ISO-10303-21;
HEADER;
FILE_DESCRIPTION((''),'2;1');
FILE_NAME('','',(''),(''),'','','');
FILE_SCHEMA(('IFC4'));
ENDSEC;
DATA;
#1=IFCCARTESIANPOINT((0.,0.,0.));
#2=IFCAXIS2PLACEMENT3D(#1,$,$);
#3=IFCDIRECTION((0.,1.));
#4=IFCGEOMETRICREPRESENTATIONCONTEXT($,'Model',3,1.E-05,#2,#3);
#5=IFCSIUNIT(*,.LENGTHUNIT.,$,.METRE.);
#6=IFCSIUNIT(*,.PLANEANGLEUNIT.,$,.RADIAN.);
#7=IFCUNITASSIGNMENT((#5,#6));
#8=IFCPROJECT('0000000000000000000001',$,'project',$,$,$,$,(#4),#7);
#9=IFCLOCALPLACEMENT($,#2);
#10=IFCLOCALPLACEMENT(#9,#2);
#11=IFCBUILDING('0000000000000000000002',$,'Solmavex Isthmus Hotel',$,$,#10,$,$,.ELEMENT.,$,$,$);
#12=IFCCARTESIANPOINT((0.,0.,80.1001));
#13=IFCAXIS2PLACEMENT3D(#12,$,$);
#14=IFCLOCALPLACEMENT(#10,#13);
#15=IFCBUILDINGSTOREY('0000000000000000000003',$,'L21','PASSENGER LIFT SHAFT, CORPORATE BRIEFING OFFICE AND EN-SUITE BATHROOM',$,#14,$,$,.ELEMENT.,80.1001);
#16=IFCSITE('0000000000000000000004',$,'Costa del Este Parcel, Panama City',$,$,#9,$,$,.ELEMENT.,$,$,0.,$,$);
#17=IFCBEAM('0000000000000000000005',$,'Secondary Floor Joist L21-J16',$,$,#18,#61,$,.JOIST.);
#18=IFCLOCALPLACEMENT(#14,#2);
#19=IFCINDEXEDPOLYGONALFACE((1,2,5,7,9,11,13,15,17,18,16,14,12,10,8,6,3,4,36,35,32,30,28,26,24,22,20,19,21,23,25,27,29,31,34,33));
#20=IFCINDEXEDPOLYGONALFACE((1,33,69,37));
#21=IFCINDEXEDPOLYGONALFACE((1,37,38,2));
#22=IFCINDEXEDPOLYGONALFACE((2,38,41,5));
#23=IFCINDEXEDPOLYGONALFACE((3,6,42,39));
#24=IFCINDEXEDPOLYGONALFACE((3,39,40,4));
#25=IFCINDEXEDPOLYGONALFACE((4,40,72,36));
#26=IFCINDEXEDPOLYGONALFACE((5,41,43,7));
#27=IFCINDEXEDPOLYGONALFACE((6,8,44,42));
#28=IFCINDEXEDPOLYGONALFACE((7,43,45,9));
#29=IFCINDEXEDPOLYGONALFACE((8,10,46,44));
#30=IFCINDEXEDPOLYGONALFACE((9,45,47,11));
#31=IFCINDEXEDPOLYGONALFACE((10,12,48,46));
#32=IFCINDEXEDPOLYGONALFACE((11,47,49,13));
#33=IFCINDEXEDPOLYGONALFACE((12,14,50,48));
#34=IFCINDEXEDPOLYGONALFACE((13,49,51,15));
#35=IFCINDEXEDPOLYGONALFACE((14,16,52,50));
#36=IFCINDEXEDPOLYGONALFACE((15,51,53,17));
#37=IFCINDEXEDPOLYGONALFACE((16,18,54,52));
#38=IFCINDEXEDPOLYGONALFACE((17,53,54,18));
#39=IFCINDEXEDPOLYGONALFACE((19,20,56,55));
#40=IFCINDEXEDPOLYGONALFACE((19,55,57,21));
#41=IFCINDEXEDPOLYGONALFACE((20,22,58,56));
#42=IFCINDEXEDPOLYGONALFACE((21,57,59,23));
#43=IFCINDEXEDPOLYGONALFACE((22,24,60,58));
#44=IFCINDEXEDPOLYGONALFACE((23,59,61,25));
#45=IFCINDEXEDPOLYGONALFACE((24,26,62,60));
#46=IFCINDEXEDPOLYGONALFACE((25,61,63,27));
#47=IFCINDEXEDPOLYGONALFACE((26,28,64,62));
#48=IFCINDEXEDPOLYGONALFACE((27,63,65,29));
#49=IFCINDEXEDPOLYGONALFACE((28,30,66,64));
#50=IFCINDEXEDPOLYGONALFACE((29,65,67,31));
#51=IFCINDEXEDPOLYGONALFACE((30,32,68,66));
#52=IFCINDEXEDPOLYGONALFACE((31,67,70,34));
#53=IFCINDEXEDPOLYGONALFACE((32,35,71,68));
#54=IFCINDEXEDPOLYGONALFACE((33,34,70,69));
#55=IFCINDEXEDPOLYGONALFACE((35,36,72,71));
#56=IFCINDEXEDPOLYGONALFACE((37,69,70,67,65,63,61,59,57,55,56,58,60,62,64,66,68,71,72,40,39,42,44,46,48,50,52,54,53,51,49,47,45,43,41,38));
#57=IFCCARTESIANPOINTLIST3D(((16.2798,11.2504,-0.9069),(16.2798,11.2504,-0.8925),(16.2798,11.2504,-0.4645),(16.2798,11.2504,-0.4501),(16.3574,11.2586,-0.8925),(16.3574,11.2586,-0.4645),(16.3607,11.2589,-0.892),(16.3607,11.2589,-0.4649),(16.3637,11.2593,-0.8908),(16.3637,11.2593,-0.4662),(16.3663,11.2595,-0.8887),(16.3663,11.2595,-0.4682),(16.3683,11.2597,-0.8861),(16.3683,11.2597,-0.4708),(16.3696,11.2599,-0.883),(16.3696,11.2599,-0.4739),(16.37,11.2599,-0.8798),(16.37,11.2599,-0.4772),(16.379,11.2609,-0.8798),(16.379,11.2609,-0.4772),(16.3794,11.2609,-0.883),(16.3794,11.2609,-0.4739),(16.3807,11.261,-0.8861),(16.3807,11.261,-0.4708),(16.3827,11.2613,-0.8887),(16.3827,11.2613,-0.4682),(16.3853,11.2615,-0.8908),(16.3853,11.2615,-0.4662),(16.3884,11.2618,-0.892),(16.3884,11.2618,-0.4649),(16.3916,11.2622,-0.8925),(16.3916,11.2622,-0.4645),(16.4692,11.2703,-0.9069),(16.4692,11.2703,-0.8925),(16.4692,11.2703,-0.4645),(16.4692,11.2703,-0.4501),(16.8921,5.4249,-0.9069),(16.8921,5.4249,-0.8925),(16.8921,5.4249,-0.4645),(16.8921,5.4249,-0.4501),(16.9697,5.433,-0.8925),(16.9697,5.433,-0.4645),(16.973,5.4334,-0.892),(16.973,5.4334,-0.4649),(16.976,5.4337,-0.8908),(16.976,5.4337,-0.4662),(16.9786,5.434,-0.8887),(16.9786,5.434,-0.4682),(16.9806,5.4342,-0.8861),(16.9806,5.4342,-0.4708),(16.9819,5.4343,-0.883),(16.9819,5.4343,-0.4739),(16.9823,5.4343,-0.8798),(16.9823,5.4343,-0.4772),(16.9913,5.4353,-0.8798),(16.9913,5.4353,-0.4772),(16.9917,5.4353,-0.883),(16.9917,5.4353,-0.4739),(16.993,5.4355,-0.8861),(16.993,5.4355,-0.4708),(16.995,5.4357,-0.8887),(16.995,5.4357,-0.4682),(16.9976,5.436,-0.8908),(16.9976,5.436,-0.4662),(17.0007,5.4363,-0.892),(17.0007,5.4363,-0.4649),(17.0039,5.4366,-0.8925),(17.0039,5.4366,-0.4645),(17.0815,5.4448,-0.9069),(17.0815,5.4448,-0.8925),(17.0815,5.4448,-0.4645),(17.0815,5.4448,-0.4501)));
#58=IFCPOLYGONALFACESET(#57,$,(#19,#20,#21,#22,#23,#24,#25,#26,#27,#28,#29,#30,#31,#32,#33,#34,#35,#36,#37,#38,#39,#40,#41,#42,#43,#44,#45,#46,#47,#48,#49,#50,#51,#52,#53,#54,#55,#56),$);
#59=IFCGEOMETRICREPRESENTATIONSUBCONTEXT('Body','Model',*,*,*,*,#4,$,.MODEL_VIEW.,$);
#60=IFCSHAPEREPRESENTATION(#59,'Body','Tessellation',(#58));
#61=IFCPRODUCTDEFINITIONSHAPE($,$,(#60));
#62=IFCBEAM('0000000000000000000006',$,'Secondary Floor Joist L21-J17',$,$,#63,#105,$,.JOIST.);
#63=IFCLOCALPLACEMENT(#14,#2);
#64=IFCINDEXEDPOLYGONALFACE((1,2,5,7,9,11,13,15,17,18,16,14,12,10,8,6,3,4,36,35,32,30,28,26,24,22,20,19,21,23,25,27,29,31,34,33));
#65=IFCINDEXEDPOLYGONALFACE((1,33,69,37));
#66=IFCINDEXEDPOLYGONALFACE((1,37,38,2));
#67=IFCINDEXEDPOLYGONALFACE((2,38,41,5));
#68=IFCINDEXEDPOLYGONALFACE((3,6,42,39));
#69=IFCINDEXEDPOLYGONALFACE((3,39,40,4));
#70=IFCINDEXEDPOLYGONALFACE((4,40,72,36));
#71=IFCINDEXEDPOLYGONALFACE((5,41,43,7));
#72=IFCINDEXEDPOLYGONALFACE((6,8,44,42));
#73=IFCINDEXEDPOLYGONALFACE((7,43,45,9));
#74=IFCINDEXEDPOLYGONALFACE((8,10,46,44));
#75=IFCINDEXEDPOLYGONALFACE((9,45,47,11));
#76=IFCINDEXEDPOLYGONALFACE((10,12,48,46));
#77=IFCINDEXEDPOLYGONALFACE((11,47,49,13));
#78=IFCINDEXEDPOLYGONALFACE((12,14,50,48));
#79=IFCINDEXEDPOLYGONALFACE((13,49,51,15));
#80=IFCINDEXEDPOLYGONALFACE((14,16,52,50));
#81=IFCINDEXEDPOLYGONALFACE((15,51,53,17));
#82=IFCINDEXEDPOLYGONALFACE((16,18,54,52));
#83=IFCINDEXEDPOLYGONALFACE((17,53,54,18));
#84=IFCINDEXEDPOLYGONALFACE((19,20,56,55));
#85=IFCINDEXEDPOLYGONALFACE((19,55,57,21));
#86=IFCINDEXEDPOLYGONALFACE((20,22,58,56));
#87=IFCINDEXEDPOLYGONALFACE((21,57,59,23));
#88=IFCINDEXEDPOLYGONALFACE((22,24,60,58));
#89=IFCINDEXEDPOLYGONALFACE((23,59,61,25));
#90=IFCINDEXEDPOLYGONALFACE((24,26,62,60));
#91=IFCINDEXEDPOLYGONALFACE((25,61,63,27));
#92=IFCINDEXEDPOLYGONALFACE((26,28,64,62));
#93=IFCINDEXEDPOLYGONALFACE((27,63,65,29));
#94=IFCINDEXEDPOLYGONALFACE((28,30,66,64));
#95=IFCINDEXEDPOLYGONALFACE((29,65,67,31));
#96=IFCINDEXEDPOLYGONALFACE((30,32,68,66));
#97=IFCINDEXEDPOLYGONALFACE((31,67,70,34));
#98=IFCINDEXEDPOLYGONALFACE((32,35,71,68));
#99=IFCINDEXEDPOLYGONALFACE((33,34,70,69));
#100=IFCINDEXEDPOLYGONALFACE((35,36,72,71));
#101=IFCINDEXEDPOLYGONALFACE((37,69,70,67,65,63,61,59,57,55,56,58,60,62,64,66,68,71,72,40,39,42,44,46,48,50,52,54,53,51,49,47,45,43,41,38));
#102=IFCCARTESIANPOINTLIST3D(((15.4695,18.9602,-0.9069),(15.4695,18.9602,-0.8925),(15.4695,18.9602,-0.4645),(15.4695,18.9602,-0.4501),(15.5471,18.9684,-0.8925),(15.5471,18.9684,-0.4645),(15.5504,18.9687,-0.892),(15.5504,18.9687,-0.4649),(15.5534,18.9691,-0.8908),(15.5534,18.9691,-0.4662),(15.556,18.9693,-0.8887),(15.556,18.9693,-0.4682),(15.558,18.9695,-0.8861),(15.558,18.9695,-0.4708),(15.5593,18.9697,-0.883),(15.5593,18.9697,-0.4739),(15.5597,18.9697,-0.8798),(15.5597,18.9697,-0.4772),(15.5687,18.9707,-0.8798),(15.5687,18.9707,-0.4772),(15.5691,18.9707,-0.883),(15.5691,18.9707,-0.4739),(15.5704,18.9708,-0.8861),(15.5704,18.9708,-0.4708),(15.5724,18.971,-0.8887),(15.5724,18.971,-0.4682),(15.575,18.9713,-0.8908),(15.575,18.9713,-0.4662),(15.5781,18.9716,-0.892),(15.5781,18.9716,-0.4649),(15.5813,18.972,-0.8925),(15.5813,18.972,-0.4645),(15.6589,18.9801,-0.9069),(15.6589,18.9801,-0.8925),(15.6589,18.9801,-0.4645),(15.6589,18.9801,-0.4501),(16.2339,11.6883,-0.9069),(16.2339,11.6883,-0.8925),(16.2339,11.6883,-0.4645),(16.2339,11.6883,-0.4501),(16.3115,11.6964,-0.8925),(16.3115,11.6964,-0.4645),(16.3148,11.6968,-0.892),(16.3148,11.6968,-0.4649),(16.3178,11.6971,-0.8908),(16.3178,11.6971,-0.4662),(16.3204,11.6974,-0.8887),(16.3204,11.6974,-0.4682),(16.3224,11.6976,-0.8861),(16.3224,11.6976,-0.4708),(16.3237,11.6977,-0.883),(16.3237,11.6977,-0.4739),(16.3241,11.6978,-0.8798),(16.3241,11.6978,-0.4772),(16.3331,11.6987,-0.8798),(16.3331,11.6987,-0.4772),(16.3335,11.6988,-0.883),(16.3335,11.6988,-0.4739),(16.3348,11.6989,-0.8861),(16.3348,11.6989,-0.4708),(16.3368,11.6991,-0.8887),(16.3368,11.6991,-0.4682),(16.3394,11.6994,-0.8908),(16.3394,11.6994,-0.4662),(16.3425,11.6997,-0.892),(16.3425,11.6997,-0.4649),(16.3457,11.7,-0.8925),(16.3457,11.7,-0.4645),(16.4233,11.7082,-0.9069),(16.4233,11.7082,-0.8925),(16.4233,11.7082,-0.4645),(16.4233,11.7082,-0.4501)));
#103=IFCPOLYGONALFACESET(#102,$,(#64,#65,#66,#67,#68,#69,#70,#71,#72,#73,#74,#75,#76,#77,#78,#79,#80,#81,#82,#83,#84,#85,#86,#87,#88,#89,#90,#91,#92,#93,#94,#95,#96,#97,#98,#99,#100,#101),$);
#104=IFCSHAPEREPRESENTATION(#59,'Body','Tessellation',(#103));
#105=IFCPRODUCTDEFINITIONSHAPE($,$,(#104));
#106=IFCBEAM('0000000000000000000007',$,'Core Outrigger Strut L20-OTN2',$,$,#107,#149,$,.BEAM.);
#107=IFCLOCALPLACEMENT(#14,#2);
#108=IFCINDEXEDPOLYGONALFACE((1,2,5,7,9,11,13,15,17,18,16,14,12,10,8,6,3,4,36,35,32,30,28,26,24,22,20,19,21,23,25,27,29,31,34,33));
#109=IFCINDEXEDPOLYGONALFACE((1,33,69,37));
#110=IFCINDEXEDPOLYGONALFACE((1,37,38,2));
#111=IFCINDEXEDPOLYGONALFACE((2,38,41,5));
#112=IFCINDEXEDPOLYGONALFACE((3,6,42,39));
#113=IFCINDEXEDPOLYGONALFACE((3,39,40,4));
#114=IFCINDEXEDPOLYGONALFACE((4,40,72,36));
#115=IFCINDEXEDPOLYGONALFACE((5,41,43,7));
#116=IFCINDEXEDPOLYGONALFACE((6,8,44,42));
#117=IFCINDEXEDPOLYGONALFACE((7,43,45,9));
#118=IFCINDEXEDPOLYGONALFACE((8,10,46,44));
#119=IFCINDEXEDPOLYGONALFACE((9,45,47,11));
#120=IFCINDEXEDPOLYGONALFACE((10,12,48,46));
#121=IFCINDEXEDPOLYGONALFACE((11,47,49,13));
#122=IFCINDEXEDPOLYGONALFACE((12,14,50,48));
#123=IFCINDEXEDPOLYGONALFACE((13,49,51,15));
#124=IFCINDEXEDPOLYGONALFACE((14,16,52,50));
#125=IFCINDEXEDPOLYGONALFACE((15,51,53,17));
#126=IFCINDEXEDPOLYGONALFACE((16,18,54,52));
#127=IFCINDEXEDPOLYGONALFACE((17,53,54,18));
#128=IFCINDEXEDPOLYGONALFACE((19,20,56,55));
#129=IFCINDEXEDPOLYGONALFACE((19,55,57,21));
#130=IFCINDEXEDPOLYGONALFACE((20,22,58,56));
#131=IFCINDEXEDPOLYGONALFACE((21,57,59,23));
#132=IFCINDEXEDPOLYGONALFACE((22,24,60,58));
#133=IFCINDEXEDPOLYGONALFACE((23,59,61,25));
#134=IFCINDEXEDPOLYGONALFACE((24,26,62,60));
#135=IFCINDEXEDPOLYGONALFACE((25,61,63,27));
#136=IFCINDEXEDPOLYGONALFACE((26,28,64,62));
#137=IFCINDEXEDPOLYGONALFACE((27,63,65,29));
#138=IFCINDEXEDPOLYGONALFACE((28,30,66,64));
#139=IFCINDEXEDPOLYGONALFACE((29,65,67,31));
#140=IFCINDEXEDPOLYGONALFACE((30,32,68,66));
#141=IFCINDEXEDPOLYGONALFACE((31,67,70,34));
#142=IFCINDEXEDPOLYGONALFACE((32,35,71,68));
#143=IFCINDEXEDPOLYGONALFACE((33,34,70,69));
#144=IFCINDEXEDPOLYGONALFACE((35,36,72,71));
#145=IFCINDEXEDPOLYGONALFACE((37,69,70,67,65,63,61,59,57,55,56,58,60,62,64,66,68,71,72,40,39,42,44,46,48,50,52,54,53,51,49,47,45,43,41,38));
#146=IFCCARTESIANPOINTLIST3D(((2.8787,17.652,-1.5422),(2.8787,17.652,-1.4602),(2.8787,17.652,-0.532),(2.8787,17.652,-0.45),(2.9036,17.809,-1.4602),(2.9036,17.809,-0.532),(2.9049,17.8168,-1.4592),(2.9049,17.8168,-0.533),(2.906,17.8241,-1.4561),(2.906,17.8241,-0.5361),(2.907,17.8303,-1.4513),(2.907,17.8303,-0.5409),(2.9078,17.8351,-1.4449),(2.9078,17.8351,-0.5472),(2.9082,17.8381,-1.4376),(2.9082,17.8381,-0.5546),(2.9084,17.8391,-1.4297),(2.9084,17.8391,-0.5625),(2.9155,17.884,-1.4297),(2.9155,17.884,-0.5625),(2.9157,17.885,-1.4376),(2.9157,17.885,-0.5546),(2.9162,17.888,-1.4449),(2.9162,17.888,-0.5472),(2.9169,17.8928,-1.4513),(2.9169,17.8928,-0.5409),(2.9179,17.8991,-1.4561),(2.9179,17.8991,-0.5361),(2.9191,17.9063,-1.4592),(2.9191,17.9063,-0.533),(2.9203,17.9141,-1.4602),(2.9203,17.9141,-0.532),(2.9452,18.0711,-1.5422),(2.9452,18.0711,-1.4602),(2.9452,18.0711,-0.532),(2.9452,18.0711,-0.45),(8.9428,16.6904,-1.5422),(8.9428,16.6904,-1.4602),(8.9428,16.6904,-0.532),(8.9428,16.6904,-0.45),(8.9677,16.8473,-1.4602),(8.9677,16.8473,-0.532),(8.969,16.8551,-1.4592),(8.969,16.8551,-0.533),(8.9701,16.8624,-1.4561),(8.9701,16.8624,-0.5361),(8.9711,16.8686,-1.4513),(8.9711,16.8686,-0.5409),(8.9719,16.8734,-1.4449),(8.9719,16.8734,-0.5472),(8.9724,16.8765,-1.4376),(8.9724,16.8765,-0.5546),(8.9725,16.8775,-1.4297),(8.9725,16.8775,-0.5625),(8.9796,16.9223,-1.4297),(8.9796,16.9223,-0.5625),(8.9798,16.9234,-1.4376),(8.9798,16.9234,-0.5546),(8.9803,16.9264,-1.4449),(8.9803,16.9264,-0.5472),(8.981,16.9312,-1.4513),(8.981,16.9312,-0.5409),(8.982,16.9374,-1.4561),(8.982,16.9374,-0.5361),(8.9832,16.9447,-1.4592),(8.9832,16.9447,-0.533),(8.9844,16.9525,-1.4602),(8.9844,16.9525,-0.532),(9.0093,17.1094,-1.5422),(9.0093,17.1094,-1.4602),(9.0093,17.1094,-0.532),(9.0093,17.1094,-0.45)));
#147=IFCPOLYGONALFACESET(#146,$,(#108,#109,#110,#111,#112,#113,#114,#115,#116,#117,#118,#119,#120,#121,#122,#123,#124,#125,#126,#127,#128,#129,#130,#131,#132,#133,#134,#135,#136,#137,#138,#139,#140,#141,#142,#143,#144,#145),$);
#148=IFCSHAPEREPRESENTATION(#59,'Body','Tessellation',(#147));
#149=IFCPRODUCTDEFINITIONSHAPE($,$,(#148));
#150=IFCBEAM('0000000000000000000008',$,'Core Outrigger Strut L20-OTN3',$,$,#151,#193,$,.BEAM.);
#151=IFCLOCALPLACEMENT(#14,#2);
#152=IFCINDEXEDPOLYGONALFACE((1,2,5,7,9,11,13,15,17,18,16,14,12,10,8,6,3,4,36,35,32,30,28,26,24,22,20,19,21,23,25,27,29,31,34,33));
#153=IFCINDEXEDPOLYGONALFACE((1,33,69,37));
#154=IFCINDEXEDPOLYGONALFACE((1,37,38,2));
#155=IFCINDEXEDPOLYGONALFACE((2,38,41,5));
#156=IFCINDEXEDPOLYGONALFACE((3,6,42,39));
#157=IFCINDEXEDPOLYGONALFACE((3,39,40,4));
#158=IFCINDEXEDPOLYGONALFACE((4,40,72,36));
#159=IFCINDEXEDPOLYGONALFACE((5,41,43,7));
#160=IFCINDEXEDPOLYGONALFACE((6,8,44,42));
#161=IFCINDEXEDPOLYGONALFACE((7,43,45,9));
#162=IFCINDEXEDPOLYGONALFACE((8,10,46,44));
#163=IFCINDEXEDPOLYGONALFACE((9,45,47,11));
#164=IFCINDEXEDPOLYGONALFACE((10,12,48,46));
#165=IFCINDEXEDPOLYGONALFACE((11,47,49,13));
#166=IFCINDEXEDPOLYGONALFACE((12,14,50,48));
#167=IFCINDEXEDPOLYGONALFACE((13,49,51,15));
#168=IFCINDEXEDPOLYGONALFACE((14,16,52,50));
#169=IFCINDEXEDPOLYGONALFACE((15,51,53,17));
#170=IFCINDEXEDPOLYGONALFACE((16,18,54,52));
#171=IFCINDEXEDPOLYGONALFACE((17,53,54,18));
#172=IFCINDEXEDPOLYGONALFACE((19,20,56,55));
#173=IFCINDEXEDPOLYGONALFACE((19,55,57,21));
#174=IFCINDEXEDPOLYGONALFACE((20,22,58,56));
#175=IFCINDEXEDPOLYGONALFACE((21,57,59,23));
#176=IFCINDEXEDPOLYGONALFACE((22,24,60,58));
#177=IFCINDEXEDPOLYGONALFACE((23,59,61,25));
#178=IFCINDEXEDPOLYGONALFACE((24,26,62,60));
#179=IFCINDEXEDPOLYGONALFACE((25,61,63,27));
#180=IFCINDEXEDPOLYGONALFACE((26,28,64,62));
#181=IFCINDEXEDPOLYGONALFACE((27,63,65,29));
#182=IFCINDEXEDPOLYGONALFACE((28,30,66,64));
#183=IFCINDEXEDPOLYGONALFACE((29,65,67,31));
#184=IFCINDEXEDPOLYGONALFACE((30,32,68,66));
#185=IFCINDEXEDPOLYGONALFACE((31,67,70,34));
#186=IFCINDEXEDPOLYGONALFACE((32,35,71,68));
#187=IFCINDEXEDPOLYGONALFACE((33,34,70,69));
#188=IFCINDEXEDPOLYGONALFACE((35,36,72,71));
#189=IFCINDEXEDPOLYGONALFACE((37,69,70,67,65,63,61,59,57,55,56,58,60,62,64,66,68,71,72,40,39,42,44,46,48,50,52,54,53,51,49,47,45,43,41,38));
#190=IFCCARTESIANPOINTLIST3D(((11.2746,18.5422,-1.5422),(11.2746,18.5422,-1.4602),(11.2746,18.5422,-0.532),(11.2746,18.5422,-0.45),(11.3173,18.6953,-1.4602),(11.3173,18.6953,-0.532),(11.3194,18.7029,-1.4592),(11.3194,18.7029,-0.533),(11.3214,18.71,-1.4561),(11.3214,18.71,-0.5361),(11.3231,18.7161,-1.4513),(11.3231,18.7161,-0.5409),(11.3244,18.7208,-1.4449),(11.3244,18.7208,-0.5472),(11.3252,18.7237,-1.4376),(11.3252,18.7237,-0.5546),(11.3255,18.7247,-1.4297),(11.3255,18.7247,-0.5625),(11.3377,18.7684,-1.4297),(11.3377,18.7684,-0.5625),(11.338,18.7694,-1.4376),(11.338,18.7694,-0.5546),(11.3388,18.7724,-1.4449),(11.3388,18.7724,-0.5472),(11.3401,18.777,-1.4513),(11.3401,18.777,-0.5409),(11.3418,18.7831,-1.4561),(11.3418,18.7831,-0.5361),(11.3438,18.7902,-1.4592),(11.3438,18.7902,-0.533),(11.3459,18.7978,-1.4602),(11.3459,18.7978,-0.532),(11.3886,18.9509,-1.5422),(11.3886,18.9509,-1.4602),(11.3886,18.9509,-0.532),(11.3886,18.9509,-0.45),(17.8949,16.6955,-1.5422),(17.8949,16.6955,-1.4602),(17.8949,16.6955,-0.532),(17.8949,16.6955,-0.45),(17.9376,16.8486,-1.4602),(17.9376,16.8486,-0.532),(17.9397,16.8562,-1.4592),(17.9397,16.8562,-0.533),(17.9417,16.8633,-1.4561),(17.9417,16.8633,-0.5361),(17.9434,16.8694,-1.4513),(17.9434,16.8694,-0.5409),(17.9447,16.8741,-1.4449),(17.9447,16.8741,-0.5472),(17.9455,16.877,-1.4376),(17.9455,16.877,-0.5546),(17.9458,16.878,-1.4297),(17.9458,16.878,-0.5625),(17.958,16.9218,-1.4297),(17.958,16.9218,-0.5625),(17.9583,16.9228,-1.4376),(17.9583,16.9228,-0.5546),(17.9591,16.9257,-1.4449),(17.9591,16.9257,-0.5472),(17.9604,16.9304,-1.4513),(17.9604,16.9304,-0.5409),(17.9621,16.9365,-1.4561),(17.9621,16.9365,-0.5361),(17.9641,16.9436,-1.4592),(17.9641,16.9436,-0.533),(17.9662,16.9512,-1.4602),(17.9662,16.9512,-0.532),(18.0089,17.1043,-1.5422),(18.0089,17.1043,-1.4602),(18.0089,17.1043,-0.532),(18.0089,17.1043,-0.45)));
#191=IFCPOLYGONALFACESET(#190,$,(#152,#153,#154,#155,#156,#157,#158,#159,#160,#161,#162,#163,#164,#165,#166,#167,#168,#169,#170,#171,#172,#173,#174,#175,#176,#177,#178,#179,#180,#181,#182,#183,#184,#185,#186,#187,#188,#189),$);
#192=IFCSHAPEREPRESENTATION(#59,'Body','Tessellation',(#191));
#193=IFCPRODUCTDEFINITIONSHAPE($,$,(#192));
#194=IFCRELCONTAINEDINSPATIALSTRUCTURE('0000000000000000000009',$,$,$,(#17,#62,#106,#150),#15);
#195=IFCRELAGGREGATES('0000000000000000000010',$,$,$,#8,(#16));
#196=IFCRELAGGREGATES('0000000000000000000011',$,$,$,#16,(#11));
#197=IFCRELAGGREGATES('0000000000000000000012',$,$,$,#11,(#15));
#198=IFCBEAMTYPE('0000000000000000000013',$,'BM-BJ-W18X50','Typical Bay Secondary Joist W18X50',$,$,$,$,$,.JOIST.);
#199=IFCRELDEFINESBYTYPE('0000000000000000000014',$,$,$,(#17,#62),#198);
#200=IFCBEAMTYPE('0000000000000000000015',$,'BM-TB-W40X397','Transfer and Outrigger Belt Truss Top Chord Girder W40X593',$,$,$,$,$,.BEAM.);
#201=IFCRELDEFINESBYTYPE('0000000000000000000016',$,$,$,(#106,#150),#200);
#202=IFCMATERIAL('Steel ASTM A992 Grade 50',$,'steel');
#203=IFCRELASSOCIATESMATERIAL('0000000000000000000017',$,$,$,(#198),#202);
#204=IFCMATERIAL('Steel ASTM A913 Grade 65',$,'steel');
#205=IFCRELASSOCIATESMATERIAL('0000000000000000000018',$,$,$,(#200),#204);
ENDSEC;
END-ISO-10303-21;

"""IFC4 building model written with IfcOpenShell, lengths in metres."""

from ifc_helpers import new_model, si_unit, direction, frame, origin, origin_2d, place, context, subcontext, project, spatial, i_section, extrude, material, material_profile, profile_set, type_object, element, save


model = new_model("IFC4")

# Units and contexts
model_context = context("Model", 3, precision=1e-05, world=origin(), true_north=direction((0.0, 1.0)))
body_context = subcontext(model_context, "Body", "Model", "MODEL_VIEW")
ifc_project = project(units=[si_unit("LENGTHUNIT", "METRE"), si_unit("PLANEANGLEUNIT", "RADIAN")], contexts=[model_context])

# Site, building, storey
site_placement = place(None, origin())
site = spatial("IfcSite", under=ifc_project, at=site_placement, Name="Costa del Este Parcel, Panama City", CompositionType="ELEMENT", RefElevation=0.0)
building_placement = place(site_placement, origin())
building = spatial("IfcBuilding", under=site, at=building_placement, Name="Solmavex Isthmus Hotel", CompositionType="ELEMENT")
storey_placement = place(building_placement, frame((0.0, 0.0, 80.1001)))
storey = spatial("IfcBuildingStorey", under=building, at=storey_placement, Name="L21", Description="PASSENGER LIFT SHAFT, CORPORATE BRIEFING OFFICE AND EN-SUITE BATHROOM", CompositionType="ELEMENT", Elevation=80.1001)

# Shared definitions
ifc_material_1 = material(Name="Steel ASTM A913 Grade 65", Category="steel")

# Beams
ifc_material_2 = material(Name="Steel ASTM A992 Grade 50", Category="steel")
ifc_material_profile_1 = material_profile(ifc_material_2, i_section(OverallWidth=0.1904, OverallDepth=0.4568, WebThickness=0.009, FlangeThickness=0.0144, FilletRadius=0.0127, at=origin_2d()), Name="W18X50")
ifc_profile_set_1 = profile_set([ifc_material_profile_1], Name="Steel ASTM A992 Grade 50")
beam_type_1 = type_object("IfcBeamType", Name="BM-BJ-W18X50", Description="Typical Bay Secondary Joist W18X50", PredefinedType="JOIST", material=ifc_profile_set_1)
beam_1_placement = place(storey_placement, frame((16.9868, 5.4348, -0.6785), z_axis=(-0.104529, 0.994522, 0.0), x_axis=(-0.994522, -0.104529, 0.0)))
element("IfcBeam", 1, at=beam_1_placement, inside=storey, type_object=beam_type_1, Name="Secondary Floor Joist L21-J16", PredefinedType="JOIST", context=body_context, shape_type="SweptSolid", body=[
    extrude(i_section(OverallWidth=0.1904, OverallDepth=0.4568, WebThickness=0.009, FlangeThickness=0.0144, FilletRadius=0.0127, at=origin_2d()), origin(), (0.0, 0.0, 1.0), 5.8577),
])
beam_2_placement = place(storey_placement, frame((16.3286, 11.6982, -0.6785), z_axis=(-0.104541, 0.994521, 0.0), x_axis=(-0.994521, -0.104541, 0.0)))
element("IfcBeam", 2, at=beam_2_placement, inside=storey, type_object=beam_type_1, Name="Secondary Floor Joist L21-J17", PredefinedType="JOIST", context=body_context, shape_type="SweptSolid", body=[
    extrude(i_section(OverallWidth=0.1904, OverallDepth=0.4568, WebThickness=0.009, FlangeThickness=0.0144, FilletRadius=0.0127, at=origin_2d()), origin(), (0.0, 0.0, 1.0), 7.312),
])
ifc_material_profile_2 = material_profile(ifc_material_1, i_section(OverallWidth=0.4243, OverallDepth=1.0923, WebThickness=0.0454, FlangeThickness=0.082, FilletRadius=0.0305, at=origin_2d()), Name="W40X593")
ifc_profile_set_2 = profile_set([ifc_material_profile_2], Name="Steel ASTM A913 Grade 65")
beam_type_2 = type_object("IfcBeamType", Name="BM-TB-W40X397", Description="Transfer and Outrigger Belt Truss Top Chord Girder W40X593", PredefinedType="BEAM", material=ifc_profile_set_2)
beam_3_placement = place(storey_placement, frame((8.9761, 16.8999, -0.9961), z_axis=(-0.987658, 0.156624, 0.0), x_axis=(-0.156624, -0.987658, 0.0)))
element("IfcBeam", 3, at=beam_3_placement, inside=storey, type_object=beam_type_2, Name="Core Outrigger Strut L20-OTN2", PredefinedType="BEAM", context=body_context, shape_type="SweptSolid", body=[
    extrude(i_section(OverallWidth=0.4243, OverallDepth=1.0923, WebThickness=0.0454, FlangeThickness=0.082, FilletRadius=0.0305, at=origin_2d()), origin(), (0.0, 0.0, 1.0), 6.1399),
])
beam_4_placement = place(storey_placement, frame((17.9519, 16.8999, -0.9961), z_axis=(-0.963229, 0.268682, 0.0), x_axis=(-0.268682, -0.963229, 0.0)))
element("IfcBeam", 4, at=beam_4_placement, inside=storey, type_object=beam_type_2, Name="Core Outrigger Strut L20-OTN3", PredefinedType="BEAM", context=body_context, shape_type="SweptSolid", body=[
    extrude(i_section(OverallWidth=0.4243, OverallDepth=1.0923, WebThickness=0.0454, FlangeThickness=0.082, FilletRadius=0.0305, at=origin_2d()), origin(), (0.0, 0.0, 1.0), 6.873),
])

save(model, "model.ifc")
